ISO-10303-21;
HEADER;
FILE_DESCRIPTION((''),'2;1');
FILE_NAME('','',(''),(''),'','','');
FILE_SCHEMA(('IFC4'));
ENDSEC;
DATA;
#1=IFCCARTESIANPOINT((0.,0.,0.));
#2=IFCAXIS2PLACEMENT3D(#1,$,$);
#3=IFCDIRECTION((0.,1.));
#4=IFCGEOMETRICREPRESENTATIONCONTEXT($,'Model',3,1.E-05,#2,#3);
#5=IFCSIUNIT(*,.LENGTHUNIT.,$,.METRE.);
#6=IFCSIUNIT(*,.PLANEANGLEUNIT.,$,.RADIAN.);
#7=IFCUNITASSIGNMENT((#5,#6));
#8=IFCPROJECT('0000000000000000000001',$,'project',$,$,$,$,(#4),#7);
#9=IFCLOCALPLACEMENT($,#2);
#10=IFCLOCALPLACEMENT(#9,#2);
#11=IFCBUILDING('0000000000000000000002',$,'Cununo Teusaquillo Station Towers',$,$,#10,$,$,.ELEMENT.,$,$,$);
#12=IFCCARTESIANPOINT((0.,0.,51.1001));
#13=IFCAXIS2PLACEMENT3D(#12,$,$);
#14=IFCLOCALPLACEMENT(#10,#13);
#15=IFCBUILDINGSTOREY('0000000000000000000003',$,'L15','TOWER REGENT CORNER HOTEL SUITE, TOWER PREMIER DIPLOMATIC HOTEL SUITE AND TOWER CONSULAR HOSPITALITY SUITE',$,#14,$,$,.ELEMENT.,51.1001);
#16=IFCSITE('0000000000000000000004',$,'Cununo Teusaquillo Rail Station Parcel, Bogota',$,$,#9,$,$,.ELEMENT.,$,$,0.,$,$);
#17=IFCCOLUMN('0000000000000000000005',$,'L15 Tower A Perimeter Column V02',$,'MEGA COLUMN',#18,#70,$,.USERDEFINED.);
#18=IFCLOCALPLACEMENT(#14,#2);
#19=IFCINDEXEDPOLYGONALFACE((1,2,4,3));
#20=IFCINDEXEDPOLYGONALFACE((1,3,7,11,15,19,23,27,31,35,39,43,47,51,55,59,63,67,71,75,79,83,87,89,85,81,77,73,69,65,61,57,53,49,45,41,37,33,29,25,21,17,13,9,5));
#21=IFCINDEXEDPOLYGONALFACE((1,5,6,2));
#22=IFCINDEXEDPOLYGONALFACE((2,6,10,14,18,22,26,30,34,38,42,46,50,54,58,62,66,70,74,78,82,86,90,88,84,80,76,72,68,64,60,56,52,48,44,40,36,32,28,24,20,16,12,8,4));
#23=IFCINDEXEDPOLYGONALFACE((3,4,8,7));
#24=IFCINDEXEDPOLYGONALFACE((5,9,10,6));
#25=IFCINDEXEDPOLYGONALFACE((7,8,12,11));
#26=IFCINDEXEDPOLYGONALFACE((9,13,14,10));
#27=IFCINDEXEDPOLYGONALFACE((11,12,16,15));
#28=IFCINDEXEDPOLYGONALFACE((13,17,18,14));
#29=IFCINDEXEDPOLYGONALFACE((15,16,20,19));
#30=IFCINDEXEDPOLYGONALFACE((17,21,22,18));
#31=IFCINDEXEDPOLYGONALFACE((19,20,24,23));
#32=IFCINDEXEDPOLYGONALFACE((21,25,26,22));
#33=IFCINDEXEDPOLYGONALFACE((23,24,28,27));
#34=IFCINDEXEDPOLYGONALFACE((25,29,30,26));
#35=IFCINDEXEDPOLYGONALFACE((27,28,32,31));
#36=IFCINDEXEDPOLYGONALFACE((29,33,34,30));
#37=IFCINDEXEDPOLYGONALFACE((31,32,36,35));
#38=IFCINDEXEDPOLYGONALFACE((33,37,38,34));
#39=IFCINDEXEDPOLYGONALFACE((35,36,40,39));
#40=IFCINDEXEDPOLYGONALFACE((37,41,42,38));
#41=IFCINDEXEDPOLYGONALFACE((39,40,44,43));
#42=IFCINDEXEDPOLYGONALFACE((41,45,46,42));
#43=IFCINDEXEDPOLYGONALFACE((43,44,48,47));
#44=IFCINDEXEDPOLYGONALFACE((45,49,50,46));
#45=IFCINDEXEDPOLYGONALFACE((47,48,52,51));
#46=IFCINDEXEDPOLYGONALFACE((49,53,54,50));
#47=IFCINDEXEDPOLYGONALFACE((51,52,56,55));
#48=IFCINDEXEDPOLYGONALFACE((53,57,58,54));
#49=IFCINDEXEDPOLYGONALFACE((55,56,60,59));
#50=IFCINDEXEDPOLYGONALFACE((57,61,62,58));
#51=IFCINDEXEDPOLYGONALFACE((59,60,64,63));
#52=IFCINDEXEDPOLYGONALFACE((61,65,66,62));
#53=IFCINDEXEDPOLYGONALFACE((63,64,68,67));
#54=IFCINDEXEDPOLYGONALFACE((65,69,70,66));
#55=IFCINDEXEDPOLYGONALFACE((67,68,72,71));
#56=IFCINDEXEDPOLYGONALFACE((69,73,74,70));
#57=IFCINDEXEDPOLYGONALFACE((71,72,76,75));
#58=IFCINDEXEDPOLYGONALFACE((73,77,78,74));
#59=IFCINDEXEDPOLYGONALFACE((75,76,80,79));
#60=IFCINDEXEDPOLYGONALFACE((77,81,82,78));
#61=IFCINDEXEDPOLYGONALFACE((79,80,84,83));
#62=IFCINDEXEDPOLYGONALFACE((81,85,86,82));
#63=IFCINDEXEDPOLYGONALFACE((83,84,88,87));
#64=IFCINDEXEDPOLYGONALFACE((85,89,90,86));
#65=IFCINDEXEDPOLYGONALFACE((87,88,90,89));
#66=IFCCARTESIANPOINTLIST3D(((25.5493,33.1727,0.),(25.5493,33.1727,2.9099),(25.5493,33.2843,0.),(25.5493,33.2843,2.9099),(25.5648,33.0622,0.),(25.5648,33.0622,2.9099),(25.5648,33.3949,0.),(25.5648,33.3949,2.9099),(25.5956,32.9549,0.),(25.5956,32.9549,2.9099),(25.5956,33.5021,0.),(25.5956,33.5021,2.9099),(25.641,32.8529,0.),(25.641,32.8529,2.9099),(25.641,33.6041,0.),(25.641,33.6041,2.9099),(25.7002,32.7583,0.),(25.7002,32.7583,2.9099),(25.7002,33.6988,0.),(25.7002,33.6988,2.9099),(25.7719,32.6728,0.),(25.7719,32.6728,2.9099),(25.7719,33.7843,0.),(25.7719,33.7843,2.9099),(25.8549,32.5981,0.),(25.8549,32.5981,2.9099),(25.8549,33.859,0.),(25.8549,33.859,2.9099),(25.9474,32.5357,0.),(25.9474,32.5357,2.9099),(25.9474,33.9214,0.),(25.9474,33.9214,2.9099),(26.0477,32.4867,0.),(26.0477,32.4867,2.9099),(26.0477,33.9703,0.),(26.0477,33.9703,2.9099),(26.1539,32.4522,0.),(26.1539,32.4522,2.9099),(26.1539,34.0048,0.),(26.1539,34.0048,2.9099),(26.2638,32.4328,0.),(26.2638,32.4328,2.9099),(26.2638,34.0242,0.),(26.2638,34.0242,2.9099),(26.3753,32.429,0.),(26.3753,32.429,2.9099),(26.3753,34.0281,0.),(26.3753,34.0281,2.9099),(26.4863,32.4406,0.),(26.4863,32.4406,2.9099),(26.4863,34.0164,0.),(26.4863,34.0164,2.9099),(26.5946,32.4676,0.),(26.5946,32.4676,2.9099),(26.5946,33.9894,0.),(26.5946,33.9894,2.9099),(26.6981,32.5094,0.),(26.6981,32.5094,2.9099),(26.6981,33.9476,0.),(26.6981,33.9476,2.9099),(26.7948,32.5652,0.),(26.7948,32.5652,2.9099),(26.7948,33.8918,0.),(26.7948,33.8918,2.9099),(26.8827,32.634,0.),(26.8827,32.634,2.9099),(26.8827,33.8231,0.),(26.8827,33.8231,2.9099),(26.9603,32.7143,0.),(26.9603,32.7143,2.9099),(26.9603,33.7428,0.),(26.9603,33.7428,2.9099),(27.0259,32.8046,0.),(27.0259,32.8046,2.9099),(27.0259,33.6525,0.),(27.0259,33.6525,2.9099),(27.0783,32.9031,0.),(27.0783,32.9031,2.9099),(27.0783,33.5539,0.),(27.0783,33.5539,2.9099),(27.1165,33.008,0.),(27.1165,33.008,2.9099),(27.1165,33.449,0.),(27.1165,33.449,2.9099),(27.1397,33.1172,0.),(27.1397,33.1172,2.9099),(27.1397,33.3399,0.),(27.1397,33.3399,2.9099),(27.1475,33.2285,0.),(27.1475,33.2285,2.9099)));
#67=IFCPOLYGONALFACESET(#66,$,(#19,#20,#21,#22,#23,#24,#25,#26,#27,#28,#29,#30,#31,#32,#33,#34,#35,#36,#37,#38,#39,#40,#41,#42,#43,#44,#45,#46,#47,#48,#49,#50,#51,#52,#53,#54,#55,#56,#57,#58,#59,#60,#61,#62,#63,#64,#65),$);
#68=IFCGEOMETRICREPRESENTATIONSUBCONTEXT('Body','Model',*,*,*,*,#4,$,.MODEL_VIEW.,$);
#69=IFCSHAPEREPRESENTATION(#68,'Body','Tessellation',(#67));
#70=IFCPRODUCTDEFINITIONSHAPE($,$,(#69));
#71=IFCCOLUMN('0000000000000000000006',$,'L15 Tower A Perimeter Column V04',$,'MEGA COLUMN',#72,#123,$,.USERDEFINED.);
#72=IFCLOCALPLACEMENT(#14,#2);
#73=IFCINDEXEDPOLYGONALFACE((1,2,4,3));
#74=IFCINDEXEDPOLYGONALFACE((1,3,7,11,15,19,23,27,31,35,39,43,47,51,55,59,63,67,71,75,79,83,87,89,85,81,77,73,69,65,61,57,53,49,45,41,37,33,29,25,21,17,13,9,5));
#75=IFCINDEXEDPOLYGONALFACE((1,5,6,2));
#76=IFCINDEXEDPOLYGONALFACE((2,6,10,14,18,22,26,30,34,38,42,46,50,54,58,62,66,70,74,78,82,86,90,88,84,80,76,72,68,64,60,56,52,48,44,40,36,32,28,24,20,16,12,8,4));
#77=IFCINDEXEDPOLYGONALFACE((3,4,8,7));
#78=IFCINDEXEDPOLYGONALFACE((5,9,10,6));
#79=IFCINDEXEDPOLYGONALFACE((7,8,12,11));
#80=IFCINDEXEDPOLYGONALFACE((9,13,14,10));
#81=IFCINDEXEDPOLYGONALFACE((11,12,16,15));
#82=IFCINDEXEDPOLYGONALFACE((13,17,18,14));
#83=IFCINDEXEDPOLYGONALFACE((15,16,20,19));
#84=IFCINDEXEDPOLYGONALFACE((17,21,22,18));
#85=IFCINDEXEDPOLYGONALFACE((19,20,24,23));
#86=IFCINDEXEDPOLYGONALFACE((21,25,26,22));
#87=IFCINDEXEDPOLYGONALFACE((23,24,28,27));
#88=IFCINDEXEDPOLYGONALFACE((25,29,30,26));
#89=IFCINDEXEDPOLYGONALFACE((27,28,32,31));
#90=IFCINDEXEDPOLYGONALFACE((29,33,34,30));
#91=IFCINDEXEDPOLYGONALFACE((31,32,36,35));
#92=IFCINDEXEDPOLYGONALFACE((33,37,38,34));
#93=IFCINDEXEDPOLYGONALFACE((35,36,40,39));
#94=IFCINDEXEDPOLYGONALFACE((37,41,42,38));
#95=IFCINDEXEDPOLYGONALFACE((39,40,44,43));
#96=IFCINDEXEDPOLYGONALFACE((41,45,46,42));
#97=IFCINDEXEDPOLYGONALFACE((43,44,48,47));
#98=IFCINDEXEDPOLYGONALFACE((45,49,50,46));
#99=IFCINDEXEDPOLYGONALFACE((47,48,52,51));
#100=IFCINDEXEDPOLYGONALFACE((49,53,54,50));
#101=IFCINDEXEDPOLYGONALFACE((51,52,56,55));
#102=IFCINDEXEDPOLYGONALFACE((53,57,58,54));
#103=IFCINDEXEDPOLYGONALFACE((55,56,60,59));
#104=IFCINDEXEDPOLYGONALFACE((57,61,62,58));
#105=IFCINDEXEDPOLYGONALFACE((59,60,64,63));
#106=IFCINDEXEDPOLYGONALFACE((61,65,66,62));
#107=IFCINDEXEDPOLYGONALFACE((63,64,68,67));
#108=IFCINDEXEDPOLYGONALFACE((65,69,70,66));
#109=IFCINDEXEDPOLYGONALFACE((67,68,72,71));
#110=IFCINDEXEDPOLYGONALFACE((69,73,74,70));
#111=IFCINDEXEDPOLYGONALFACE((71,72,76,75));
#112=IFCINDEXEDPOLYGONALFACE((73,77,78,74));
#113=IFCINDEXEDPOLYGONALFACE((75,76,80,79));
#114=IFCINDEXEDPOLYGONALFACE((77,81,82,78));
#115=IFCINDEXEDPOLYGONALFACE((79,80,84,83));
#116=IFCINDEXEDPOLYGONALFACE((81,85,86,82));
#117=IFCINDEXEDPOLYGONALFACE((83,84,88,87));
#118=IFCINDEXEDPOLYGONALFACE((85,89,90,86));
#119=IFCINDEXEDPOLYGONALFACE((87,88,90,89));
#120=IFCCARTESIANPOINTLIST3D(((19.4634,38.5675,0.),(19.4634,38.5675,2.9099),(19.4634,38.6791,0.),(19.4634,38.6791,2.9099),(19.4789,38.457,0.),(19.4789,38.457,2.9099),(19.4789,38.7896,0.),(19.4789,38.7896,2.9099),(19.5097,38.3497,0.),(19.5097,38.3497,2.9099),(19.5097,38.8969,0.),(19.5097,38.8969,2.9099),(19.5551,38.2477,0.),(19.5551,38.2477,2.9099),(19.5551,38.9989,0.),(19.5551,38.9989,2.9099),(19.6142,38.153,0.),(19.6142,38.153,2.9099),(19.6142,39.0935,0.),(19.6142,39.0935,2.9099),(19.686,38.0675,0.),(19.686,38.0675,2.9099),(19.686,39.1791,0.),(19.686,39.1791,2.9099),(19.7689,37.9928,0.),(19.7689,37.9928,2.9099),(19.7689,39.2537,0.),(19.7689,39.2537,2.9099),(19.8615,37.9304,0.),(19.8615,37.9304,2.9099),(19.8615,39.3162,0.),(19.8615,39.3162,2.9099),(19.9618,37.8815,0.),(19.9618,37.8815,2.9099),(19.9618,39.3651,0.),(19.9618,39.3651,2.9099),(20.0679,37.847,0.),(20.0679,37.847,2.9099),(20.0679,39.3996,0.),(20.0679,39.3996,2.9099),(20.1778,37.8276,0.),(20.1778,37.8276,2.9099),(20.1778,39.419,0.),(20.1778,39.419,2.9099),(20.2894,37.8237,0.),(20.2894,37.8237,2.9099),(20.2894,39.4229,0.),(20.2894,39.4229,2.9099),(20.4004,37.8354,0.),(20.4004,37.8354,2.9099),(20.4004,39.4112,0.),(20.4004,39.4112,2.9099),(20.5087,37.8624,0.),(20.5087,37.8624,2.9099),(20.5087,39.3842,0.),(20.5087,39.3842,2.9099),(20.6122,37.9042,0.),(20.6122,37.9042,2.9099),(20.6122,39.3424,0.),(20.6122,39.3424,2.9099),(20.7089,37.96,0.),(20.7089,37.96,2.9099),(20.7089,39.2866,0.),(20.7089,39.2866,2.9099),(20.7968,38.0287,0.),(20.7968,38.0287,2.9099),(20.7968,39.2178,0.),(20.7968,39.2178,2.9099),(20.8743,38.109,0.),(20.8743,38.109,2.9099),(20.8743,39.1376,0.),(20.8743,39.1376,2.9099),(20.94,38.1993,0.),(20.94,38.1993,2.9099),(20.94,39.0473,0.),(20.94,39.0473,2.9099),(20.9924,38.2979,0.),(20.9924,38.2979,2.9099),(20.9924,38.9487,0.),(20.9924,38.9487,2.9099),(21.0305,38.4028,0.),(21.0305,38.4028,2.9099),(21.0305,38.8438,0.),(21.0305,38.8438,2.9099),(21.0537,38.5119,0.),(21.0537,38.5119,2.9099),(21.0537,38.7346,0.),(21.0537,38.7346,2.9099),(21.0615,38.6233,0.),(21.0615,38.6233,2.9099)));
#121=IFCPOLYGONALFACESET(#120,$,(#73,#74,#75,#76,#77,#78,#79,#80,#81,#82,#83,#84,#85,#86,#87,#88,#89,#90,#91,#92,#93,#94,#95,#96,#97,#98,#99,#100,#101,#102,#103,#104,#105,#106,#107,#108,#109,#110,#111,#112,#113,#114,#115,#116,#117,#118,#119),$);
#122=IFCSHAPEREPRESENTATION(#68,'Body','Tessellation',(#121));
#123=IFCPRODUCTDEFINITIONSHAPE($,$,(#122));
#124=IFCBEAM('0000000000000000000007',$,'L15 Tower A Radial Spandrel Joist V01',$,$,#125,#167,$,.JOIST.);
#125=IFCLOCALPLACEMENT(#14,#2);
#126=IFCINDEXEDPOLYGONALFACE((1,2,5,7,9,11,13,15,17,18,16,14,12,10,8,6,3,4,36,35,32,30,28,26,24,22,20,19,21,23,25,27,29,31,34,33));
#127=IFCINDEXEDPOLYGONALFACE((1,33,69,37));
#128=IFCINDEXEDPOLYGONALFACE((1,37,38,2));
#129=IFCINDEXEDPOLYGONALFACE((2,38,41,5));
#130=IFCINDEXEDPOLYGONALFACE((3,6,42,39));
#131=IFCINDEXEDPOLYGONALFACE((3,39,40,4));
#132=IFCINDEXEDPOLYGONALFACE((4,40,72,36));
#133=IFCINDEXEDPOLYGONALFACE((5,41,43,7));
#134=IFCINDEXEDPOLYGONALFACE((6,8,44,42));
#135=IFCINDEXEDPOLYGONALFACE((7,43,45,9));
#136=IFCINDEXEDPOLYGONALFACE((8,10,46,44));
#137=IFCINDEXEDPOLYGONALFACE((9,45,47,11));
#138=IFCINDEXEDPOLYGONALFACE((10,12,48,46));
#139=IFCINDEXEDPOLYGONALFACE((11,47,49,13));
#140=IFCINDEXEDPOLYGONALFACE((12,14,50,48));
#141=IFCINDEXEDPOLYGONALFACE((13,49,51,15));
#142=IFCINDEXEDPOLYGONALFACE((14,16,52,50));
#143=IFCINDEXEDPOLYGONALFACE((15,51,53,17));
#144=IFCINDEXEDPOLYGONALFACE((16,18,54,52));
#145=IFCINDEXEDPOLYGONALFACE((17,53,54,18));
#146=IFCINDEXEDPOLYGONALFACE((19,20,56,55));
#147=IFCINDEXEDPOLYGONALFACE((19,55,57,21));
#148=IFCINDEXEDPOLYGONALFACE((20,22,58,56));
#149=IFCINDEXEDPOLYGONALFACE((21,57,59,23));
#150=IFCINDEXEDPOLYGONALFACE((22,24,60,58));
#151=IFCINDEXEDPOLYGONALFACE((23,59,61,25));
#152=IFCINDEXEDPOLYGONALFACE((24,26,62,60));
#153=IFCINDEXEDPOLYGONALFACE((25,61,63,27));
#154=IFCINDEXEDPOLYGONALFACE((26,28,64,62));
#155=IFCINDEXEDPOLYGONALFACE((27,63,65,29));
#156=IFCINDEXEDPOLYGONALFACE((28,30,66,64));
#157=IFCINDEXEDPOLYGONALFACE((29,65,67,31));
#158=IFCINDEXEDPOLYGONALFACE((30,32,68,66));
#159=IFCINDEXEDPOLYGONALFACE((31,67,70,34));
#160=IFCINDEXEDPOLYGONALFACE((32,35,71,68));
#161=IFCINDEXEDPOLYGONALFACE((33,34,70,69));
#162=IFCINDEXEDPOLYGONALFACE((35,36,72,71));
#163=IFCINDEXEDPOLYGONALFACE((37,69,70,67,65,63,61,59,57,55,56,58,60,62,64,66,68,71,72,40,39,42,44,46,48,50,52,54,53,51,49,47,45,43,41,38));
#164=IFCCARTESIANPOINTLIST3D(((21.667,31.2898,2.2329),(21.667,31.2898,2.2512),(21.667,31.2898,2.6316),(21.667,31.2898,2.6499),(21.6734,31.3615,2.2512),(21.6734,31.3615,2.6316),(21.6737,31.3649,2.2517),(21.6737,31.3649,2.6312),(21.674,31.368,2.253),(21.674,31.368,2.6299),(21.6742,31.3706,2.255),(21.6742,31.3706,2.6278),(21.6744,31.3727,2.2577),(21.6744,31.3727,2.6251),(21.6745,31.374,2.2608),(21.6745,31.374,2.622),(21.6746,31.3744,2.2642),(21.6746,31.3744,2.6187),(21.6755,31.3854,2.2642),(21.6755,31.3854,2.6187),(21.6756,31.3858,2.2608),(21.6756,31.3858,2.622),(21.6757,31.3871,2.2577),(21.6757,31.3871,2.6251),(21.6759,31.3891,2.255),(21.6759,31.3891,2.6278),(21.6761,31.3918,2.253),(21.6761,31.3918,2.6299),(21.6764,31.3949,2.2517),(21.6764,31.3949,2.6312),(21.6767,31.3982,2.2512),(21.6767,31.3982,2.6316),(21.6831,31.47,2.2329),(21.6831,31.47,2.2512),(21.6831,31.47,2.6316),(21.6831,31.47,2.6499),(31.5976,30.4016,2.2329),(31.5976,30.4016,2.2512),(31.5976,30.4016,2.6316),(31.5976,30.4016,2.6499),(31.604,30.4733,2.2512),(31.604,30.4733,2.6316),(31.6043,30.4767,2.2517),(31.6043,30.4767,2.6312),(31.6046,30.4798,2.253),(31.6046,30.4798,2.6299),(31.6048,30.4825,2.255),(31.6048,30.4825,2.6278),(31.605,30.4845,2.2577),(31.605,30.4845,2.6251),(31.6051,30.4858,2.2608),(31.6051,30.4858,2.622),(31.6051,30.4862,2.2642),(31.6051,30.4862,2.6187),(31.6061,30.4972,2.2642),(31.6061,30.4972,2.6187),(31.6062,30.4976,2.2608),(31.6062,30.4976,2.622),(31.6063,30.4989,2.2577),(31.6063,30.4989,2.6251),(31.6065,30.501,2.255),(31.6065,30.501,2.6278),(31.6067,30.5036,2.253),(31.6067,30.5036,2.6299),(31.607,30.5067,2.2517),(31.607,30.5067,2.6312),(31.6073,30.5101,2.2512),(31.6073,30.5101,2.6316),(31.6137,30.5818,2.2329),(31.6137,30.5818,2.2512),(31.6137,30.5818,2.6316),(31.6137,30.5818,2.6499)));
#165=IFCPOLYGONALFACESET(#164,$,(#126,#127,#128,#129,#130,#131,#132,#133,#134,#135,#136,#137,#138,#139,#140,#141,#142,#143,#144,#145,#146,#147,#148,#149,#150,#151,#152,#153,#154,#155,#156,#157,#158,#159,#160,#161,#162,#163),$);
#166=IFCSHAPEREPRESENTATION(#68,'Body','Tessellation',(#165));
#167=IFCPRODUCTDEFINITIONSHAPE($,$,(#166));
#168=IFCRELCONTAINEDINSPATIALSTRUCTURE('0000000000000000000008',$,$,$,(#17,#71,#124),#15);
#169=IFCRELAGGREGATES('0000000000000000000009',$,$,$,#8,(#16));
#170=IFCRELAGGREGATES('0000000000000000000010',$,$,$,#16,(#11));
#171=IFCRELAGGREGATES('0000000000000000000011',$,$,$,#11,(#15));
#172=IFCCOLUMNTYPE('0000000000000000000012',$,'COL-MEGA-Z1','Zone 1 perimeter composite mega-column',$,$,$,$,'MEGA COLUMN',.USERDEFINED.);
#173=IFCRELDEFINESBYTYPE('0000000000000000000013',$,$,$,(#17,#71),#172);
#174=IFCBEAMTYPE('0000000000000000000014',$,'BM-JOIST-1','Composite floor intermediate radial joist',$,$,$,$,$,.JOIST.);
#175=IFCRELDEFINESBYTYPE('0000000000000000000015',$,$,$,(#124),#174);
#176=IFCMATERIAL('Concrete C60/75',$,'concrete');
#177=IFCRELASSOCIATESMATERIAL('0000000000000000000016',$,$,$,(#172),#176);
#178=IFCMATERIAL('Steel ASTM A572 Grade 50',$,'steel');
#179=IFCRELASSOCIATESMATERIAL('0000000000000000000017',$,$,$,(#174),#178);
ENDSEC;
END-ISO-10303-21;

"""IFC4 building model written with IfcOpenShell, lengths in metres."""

from ifc_helpers import new_model, si_unit, direction, frame, origin, origin_2d, place, context, subcontext, project, spatial, circle, i_section, extrude, material, material_profile, profile_set, type_object, element, save


model = new_model("IFC4")

# Units and contexts
model_context = context("Model", 3, precision=1e-05, world=origin(), true_north=direction((0.0, 1.0)))
body_context = subcontext(model_context, "Body", "Model", "MODEL_VIEW")
ifc_project = project(units=[si_unit("LENGTHUNIT", "METRE"), si_unit("PLANEANGLEUNIT", "RADIAN")], contexts=[model_context])

# Site, building, storey
site_placement = place(None, origin())
site = spatial("IfcSite", under=ifc_project, at=site_placement, Name="Cununo Teusaquillo Rail Station Parcel, Bogota", CompositionType="ELEMENT", RefElevation=0.0)
building_placement = place(site_placement, origin())
building = spatial("IfcBuilding", under=site, at=building_placement, Name="Cununo Teusaquillo Station Towers", CompositionType="ELEMENT")
storey_placement = place(building_placement, frame((0.0, 0.0, 51.1001)))
storey = spatial("IfcBuildingStorey", under=building, at=storey_placement, Name="L15", Description="TOWER REGENT CORNER HOTEL SUITE, TOWER PREMIER DIPLOMATIC HOTEL SUITE AND TOWER CONSULAR HOSPITALITY SUITE", CompositionType="ELEMENT", Elevation=51.1001)

# Columns
ifc_material_1 = material(Name="Concrete C60/75", Category="concrete")
ifc_material_profile_1 = material_profile(ifc_material_1, circle(Radius=0.8, at=origin_2d()), Name="RC-CIRC-1600")
ifc_profile_set_1 = profile_set([ifc_material_profile_1], Name="Concrete C60/75")
column_type = type_object("IfcColumnType", Name="COL-MEGA-Z1", Description="Zone 1 perimeter composite mega-column", ElementType="MEGA COLUMN", PredefinedType="USERDEFINED", material=ifc_profile_set_1)
for number, where, z_axis, x_axis, name in (
    (1, (26.3474, 33.2285, 0.0), (0.0, 0.0, 1.0), (1.0, 0.0, 0.0), "L15 Tower A Perimeter Column V02"),
    (2, (20.2615, 38.6233, 0.0), (0.0, 0.0, 1.0), (1.0, 0.0, 0.0), "L15 Tower A Perimeter Column V04"),
):
    element("IfcColumn", number, at=place(storey_placement, frame(where, z_axis=z_axis, x_axis=x_axis)), inside=storey, type_object=column_type, Name=name, ObjectType="MEGA COLUMN", PredefinedType="USERDEFINED", context=body_context, shape_type="SweptSolid", body=[
        extrude(circle(Radius=0.8, at=origin_2d()), origin(), (0.0, 0.0, 1.0), 2.9099),
    ])

# Beam
ifc_material_2 = material(Name="Steel ASTM A572 Grade 50", Category="steel")
ifc_material_profile_2 = material_profile(ifc_material_2, i_section(OverallWidth=0.1809, OverallDepth=0.417, WebThickness=0.011, FlangeThickness=0.0183, FilletRadius=0.0129, at=origin_2d()), Name="W16X57")
ifc_profile_set_2 = profile_set([ifc_material_profile_2], Name="Steel ASTM A572 Grade 50")
beam_type_1 = type_object("IfcBeamType", Name="BM-JOIST-1", Description="Composite floor intermediate radial joist", PredefinedType="JOIST", material=ifc_profile_set_2)
beam_1_placement = place(storey_placement, frame((21.675, 31.3799, 2.4414), z_axis=(0.996024, -0.089083, 0.0), x_axis=(0.089083, 0.996024, 0.0)))
element("IfcBeam", 3, at=beam_1_placement, inside=storey, type_object=beam_type_1, Name="L15 Tower A Radial Spandrel Joist V01", PredefinedType="JOIST", context=body_context, shape_type="SweptSolid", body=[
    extrude(i_section(OverallWidth=0.1809, OverallDepth=0.417, WebThickness=0.011, FlangeThickness=0.0183, FilletRadius=0.0129, at=origin_2d()), origin(), (0.0, 0.0, 1.0), 9.9702),
])

save(model, "model.ifc")
